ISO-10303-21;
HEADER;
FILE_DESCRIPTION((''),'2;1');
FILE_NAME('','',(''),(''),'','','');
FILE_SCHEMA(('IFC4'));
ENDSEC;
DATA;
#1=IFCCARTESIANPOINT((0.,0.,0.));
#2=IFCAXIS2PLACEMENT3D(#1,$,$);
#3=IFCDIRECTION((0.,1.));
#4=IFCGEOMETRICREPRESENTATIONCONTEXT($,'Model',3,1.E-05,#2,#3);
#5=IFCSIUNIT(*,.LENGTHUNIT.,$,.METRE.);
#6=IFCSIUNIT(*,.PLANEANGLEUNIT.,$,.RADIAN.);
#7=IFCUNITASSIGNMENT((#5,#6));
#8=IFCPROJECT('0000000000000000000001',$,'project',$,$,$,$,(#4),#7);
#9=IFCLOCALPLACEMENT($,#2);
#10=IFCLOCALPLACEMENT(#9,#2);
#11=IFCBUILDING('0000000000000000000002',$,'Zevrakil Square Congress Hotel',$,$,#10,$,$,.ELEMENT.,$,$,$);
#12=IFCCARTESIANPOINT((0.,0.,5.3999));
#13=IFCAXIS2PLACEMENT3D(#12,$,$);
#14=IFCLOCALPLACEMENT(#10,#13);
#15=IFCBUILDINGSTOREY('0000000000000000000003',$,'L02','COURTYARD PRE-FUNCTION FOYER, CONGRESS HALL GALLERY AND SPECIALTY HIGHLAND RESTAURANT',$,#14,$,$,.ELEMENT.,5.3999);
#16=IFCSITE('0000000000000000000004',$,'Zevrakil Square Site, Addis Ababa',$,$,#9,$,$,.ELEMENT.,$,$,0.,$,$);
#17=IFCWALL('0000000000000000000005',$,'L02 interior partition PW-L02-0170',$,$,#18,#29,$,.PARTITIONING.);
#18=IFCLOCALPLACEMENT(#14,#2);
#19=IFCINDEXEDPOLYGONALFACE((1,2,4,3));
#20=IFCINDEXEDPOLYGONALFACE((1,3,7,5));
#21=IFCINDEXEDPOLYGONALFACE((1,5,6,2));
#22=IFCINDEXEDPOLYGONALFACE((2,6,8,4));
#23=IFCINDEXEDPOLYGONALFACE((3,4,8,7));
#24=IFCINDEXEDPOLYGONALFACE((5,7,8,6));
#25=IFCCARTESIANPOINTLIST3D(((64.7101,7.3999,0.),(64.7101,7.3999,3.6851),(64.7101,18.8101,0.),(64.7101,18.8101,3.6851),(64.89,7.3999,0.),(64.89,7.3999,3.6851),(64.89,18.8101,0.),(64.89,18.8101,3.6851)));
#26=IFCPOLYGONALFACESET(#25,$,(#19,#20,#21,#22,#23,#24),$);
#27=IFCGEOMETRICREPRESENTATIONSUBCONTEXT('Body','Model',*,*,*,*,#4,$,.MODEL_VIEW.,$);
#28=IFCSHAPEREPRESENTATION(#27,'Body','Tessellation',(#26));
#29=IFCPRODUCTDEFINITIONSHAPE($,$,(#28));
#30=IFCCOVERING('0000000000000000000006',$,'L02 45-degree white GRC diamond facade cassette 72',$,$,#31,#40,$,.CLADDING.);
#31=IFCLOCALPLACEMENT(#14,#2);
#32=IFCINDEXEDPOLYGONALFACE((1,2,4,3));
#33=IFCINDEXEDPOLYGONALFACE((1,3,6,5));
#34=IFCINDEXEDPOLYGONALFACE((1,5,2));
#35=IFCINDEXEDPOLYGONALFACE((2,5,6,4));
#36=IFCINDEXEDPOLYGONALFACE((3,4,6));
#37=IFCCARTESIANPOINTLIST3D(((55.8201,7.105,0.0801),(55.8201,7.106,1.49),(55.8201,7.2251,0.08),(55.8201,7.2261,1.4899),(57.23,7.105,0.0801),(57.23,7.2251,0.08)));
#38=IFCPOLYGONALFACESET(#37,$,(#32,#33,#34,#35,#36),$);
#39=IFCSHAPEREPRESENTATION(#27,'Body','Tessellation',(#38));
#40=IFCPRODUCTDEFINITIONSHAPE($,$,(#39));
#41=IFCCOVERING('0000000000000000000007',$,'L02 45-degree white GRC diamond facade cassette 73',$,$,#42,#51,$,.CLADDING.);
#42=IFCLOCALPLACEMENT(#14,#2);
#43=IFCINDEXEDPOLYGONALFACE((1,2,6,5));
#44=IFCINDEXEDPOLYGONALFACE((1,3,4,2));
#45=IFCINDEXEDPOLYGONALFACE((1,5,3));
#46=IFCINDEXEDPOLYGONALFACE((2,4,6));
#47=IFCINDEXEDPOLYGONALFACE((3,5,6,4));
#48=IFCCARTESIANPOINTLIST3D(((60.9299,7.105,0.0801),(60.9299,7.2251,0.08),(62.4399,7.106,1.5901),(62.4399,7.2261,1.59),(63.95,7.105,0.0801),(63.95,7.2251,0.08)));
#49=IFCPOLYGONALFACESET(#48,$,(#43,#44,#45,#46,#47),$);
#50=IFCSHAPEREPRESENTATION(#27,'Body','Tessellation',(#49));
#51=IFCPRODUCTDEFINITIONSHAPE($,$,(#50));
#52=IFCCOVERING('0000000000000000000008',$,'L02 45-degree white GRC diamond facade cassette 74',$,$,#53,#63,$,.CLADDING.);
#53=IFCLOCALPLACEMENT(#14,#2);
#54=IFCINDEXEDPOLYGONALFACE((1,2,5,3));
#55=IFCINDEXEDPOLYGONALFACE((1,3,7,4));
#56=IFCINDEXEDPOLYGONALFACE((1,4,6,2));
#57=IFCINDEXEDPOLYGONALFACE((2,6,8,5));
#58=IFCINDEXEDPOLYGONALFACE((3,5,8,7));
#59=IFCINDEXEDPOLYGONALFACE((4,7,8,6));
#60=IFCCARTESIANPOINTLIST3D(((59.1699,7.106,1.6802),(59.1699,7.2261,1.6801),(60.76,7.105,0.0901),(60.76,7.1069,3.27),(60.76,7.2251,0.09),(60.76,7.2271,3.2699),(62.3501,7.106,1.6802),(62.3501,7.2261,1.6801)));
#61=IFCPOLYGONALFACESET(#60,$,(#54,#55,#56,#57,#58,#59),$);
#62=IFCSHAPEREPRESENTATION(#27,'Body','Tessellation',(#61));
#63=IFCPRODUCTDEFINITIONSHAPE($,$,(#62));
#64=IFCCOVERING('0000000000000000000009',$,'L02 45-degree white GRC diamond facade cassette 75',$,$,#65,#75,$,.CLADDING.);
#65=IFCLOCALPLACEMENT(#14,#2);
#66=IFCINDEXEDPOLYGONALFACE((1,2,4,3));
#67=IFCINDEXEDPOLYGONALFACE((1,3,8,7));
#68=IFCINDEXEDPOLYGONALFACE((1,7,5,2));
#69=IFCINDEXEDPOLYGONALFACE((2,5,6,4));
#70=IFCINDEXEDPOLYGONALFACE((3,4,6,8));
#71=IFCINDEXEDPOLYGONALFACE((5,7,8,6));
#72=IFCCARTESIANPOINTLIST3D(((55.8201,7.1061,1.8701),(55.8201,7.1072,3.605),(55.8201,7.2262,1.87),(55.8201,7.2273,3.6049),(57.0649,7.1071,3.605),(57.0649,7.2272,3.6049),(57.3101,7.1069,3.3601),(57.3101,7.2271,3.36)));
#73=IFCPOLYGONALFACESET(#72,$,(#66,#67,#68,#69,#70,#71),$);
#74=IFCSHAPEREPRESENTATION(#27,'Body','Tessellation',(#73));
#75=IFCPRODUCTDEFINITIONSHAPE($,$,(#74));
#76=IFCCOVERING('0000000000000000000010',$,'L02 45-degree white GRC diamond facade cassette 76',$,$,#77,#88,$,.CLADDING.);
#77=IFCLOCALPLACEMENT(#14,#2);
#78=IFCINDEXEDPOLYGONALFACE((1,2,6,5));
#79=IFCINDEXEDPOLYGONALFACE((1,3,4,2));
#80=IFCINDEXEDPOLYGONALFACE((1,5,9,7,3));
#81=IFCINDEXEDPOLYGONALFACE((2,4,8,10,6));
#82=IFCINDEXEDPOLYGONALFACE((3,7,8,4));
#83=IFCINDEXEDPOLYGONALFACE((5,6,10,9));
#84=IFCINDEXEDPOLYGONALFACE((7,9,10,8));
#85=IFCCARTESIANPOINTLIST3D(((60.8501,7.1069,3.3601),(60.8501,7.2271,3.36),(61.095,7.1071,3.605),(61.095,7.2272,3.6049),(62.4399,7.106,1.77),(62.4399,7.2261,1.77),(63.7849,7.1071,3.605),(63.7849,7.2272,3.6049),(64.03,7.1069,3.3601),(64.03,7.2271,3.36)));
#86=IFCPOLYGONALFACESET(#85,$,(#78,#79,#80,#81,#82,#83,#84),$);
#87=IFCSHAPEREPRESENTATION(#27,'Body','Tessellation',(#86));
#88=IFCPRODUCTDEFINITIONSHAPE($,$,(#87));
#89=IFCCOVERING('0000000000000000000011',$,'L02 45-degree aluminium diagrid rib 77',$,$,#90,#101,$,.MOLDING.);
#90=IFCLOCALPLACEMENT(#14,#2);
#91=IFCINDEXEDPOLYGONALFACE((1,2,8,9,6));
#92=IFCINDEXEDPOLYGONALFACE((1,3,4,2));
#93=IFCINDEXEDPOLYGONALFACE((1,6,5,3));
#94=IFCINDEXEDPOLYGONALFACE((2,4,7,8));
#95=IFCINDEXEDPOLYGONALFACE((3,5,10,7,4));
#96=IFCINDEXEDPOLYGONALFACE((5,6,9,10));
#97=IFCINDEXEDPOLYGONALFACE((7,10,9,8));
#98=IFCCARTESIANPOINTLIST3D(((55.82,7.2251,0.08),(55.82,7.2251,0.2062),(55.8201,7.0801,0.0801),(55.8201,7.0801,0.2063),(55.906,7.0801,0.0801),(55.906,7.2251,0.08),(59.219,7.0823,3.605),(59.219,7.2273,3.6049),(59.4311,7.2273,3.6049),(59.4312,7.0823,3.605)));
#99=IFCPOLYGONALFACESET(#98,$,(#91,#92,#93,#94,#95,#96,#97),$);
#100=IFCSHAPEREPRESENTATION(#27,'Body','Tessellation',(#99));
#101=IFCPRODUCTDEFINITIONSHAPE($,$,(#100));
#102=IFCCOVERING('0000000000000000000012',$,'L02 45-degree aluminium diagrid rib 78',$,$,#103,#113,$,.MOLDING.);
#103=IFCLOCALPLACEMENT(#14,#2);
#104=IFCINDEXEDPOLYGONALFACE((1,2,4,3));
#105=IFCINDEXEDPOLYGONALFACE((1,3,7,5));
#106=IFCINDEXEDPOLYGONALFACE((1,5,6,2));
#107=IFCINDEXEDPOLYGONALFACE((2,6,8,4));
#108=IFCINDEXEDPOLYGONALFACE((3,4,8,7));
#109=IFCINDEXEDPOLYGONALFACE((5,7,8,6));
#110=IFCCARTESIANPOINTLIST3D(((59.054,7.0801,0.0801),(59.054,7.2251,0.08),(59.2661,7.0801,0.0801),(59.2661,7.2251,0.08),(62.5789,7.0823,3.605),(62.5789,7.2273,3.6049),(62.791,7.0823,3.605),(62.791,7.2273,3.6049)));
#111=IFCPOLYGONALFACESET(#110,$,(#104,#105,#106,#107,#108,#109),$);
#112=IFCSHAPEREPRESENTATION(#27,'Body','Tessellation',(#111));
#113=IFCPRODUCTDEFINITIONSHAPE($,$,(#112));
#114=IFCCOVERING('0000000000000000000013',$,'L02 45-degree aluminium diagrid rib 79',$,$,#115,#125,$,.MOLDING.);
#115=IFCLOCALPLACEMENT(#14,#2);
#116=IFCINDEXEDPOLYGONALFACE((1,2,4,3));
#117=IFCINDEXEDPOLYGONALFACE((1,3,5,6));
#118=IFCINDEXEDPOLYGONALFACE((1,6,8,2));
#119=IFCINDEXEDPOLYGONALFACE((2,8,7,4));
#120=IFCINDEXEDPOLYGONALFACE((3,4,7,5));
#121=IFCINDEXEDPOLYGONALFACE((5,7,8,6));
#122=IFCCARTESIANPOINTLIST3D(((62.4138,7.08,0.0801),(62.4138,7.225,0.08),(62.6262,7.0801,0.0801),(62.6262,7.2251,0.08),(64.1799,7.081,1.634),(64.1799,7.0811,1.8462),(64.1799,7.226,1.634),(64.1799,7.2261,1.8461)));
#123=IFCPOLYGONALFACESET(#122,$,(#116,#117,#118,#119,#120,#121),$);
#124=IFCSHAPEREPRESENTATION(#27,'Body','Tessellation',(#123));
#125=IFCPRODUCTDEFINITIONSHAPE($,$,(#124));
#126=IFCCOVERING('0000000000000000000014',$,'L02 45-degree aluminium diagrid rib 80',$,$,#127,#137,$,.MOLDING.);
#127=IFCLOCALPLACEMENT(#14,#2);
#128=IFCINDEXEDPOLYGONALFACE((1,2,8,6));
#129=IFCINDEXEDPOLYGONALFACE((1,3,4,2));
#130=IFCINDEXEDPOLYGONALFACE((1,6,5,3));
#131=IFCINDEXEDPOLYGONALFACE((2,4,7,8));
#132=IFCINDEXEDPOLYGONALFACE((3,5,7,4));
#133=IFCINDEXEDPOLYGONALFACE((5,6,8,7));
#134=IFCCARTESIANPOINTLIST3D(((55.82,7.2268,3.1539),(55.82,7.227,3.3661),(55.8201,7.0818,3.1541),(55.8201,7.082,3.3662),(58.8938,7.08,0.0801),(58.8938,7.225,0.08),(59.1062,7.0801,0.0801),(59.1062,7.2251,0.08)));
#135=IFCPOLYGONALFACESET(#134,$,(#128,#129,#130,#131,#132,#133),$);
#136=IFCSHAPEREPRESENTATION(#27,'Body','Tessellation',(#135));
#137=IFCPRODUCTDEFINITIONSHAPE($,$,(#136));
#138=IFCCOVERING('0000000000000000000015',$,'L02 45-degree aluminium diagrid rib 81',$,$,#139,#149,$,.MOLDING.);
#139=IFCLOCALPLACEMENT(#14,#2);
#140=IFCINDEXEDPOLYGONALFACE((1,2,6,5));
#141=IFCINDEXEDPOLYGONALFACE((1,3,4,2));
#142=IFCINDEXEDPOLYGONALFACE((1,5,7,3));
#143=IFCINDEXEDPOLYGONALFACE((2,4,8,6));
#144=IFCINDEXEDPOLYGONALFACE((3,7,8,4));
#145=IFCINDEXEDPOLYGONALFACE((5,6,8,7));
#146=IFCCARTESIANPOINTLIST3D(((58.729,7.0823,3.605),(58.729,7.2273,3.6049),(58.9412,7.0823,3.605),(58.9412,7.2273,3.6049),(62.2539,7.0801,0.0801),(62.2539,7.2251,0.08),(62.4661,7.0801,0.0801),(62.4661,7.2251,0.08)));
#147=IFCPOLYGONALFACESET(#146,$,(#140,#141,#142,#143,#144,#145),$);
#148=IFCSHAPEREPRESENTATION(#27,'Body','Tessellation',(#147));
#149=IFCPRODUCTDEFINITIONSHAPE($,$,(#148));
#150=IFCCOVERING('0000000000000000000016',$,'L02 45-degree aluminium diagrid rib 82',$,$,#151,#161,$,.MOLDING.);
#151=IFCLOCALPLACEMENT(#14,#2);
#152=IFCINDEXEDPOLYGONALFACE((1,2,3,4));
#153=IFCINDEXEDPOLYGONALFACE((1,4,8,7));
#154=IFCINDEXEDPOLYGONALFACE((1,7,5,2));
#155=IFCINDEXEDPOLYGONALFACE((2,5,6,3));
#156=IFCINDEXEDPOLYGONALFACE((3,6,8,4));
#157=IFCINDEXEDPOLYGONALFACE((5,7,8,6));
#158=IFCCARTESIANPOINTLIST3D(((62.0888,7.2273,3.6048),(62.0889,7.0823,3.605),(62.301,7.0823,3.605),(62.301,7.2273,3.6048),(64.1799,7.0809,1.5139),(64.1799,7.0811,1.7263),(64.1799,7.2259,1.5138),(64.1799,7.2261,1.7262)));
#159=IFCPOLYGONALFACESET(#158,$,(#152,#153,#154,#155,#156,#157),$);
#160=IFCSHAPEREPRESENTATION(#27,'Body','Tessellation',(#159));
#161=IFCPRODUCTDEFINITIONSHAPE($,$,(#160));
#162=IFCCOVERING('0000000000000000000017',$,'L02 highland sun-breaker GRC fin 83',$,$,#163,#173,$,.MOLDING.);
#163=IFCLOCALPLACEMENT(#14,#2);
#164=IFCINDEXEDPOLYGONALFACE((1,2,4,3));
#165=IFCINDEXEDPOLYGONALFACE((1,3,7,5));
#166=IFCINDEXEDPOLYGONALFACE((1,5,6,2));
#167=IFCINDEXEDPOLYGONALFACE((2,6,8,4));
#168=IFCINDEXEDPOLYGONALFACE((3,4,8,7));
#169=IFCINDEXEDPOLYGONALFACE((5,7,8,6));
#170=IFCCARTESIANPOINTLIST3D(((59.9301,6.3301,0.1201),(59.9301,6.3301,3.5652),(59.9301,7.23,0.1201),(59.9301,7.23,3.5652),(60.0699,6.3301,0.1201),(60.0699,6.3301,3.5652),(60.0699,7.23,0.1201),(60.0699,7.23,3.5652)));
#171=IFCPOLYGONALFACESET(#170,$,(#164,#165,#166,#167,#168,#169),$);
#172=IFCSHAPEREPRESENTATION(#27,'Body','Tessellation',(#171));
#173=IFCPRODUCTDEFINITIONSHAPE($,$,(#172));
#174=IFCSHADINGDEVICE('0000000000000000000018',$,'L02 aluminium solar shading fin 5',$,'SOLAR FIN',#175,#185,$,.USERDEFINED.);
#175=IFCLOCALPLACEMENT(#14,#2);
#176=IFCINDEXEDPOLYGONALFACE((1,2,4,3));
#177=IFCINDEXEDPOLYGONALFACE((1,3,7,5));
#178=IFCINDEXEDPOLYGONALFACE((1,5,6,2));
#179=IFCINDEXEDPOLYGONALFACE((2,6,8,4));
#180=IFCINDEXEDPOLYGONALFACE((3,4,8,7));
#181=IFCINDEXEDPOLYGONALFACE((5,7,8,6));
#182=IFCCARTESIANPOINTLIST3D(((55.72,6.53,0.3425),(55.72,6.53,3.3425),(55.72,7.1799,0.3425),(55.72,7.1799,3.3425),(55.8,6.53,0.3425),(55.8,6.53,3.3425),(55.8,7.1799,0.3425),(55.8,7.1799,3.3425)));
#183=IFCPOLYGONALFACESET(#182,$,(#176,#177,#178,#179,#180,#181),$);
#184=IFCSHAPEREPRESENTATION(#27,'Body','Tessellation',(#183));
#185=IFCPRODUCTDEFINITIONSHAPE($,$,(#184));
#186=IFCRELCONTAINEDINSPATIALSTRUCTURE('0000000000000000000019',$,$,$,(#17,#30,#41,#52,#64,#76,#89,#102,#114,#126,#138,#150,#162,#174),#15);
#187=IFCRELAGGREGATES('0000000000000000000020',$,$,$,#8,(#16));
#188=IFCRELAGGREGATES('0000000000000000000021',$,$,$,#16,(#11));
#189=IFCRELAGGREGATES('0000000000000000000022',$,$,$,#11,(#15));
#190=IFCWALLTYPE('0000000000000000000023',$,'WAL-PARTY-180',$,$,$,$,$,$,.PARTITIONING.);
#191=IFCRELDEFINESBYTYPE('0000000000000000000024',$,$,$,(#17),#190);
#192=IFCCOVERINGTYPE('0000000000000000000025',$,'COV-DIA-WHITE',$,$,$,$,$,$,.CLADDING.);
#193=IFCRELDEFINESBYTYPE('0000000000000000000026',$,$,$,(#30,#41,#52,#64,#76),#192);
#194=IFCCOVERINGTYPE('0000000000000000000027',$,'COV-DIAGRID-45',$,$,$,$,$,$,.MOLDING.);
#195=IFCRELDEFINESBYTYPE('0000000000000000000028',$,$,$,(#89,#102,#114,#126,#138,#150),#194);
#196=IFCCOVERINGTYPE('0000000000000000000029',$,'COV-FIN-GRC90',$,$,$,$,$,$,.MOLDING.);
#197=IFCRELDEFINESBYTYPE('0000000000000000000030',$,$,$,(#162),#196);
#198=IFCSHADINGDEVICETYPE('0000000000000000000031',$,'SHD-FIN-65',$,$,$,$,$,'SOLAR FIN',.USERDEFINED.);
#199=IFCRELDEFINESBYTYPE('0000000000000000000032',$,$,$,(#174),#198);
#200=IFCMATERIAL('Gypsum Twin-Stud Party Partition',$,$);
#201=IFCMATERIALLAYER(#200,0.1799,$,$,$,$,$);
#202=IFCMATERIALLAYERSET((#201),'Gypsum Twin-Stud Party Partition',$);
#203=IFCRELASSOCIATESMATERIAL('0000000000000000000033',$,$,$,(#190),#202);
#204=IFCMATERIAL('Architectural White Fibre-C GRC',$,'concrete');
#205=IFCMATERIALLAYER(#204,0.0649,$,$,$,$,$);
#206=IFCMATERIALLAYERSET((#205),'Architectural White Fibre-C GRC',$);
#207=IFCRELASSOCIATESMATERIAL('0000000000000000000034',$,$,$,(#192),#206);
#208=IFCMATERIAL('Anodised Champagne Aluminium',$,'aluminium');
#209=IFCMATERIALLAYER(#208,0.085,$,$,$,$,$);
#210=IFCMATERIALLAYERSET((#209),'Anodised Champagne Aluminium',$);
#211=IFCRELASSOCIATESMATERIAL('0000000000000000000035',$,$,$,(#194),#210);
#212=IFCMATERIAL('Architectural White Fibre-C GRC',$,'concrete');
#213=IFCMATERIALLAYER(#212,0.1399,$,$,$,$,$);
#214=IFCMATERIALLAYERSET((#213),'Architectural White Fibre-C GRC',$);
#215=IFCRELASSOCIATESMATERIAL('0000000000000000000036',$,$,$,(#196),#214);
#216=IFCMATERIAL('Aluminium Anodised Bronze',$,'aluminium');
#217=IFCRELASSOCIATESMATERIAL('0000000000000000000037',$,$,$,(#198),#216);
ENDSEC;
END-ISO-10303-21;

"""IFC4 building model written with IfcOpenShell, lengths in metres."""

from ifc_helpers import new_model, si_unit, direction, frame, frame_2d, origin, origin_2d, place, context, subcontext, project, spatial, polyline, rectangle, outline, extrude, material, layer, layer_set, type_object, element, save


model = new_model("IFC4")

# Units and contexts
model_context = context("Model", 3, precision=1e-05, world=origin(), true_north=direction((0.0, 1.0)))
body_context = subcontext(model_context, "Body", "Model", "MODEL_VIEW")
ifc_project = project(units=[si_unit("LENGTHUNIT", "METRE"), si_unit("PLANEANGLEUNIT", "RADIAN")], contexts=[model_context])

# Site, building, storey
site_placement = place(None, origin())
site = spatial("IfcSite", under=ifc_project, at=site_placement, Name="Zevrakil Square Site, Addis Ababa", CompositionType="ELEMENT", RefElevation=0.0)
building_placement = place(site_placement, origin())
building = spatial("IfcBuilding", under=site, at=building_placement, Name="Zevrakil Square Congress Hotel", CompositionType="ELEMENT")
storey_placement = place(building_placement, frame((0.0, 0.0, 5.3999)))
storey = spatial("IfcBuildingStorey", under=building, at=storey_placement, Name="L02", Description="COURTYARD PRE-FUNCTION FOYER, CONGRESS HALL GALLERY AND SPECIALTY HIGHLAND RESTAURANT", CompositionType="ELEMENT", Elevation=5.3999)

# Wall
ifc_material_1 = material(Name="Gypsum Twin-Stud Party Partition")
ifc_layer_1 = layer(ifc_material_1, 0.1799)
ifc_layer_set_1 = layer_set([ifc_layer_1], Name="Gypsum Twin-Stud Party Partition")
wall_type = type_object("IfcWallType", Name="WAL-PARTY-180", PredefinedType="PARTITIONING", material=ifc_layer_set_1)
for number, where, z_axis, x_axis, name in (
    (1, (64.8, 7.3999, 0.0), (0.0, 0.0, 1.0), (0.0, 1.0, 0.0), "L02 interior partition PW-L02-0170"),
):
    element("IfcWall", number, at=place(storey_placement, frame(where, z_axis=z_axis, x_axis=x_axis)), inside=storey, type_object=wall_type, Name=name, PredefinedType="PARTITIONING", context=body_context, shape_type="SweptSolid", body=[
        extrude(rectangle(XDim=11.4102, YDim=0.1799, at=frame_2d((5.7051, 0.0))), origin(), (0.0, 0.0, 1.0), 3.6851),
    ])

# Coverings
ifc_material_2 = material(Name="Architectural White Fibre-C GRC", Category="concrete")
ifc_layer_2 = layer(ifc_material_2, 0.0649)
ifc_layer_set_2 = layer_set([ifc_layer_2], Name="Architectural White Fibre-C GRC")
covering_type_1 = type_object("IfcCoveringType", Name="COV-DIA-WHITE", PredefinedType="CLADDING", material=ifc_layer_set_2)
covering_1_placement = place(storey_placement, frame((57.23, 7.105, 0.0801), z_axis=(0.0, -1.0, 0.000693), x_axis=(-1.0, 0.0, 0.0)))
element("IfcCovering", 2, at=covering_1_placement, inside=storey, type_object=covering_type_1, Name="L02 45-degree white GRC diamond facade cassette 72", PredefinedType="CLADDING", context=body_context, shape_type="SweptSolid", body=[
    extrude(outline(polyline([(0.0, 0.0), (1.4099, 0.0), (1.4099, -1.4099), (0.0, 0.0)])), origin(), (0.0, 0.0, -1.0), 0.1201),
])
covering_2_placement = place(storey_placement, frame((62.4399, 7.106, 1.5901), z_axis=(0.0, -1.0, 0.000647), x_axis=(0.707107, -0.000457, -0.707107)))
element("IfcCovering", 3, at=covering_2_placement, inside=storey, type_object=covering_type_1, Name="L02 45-degree white GRC diamond facade cassette 73", PredefinedType="CLADDING", context=body_context, shape_type="SweptSolid", body=[
    extrude(outline(polyline([(0.0, 0.0), (2.1355, 0.0), (0.0, -2.1355), (0.0, 0.0)])), origin(), (0.0, 0.0, -1.0), 0.1201),
])
covering_3_placement = place(storey_placement, frame((60.76, 7.1069, 3.27), z_axis=(0.0, -1.0, 0.000614), x_axis=(0.707161, -0.000434, -0.707052)))
element("IfcCovering", 4, at=covering_3_placement, inside=storey, type_object=covering_type_1, Name="L02 45-degree white GRC diamond facade cassette 74", PredefinedType="CLADDING", context=body_context, shape_type="SweptSolid", body=[
    extrude(outline(polyline([(0.0, 0.0), (2.2486, 0.0), (2.2484, -2.2487), (-0.0003, -2.2486), (0.0, 0.0)])), origin(), (0.0, 0.0, -1.0), 0.1201),
])
covering_4_placement = place(storey_placement, frame((57.3101, 7.1069, 3.3601), z_axis=(-0.000064, -1.0, 0.000609), x_axis=(-0.707107, -0.000385, -0.707107)))
element("IfcCovering", 5, at=covering_4_placement, inside=storey, type_object=covering_type_1, Name="L02 45-degree white GRC diamond facade cassette 75", PredefinedType="CLADDING", context=body_context, shape_type="SweptSolid", body=[
    extrude(outline(polyline([(0.0, 0.0), (2.1072, 0.0), (0.8804, -1.2267), (0.0002, -0.3465), (0.0, 0.0)])), origin(), (0.0, 0.0, -1.0), 0.1201),
])
covering_5_placement = place(storey_placement, frame((64.03, 7.1069, 3.3601), z_axis=(0.0, -1.0, 0.000579), x_axis=(-0.707107, -0.00041, -0.707107)))
element("IfcCovering", 6, at=covering_5_placement, inside=storey, type_object=covering_type_1, Name="L02 45-degree white GRC diamond facade cassette 76", PredefinedType="CLADDING", context=body_context, shape_type="SweptSolid", body=[
    extrude(outline(polyline([(0.0, 0.0), (2.2487, 0.0), (2.2486, -2.2486), (1.9022, -2.2486), (0.0002, -0.3465), (0.0, 0.0)])), origin(), (0.0, 0.0, -1.0), 0.1201),
])
ifc_material_3 = material(Name="Anodised Champagne Aluminium", Category="aluminium")
ifc_layer_3 = layer(ifc_material_3, 0.085)
ifc_layer_set_3 = layer_set([ifc_layer_3], Name="Anodised Champagne Aluminium")
covering_type_2 = type_object("IfcCoveringType", Name="COV-DIAGRID-45", PredefinedType="MOLDING", material=ifc_layer_set_3)
covering_6_placement = place(storey_placement, frame((55.906, 7.0801, 0.0801), z_axis=(0.000187, -1.0, 0.000443), x_axis=(-1.0, -0.000187, 0.0)))
element("IfcCovering", 7, at=covering_6_placement, inside=storey, type_object=covering_type_2, Name="L02 45-degree aluminium diagrid rib 77", PredefinedType="MOLDING", context=body_context, shape_type="SweptSolid", body=[
    extrude(outline(polyline([(0.0, 0.0), (0.0859, 0.0), (0.0859, -0.1262), (-3.313, -3.5249), (-3.5251, -3.5249), (0.0, 0.0)])), origin(), (0.0, 0.0, -1.0), 0.145),
])
covering_7_placement = place(storey_placement, frame((59.2661, 7.0801, 0.0801), z_axis=(0.0, -1.0, 0.000623), x_axis=(-1.0, 0.0, 0.0)))
element("IfcCovering", 8, at=covering_7_placement, inside=storey, type_object=covering_type_2, Name="L02 45-degree aluminium diagrid rib 78", PredefinedType="MOLDING", context=body_context, shape_type="SweptSolid", body=[
    extrude(outline(polyline([(0.0, 0.0), (0.2122, 0.0), (-3.3127, -3.5249), (-3.5249, -3.5249), (0.0, 0.0)])), origin(), (0.0, 0.0, -1.0), 0.145),
])
covering_8_placement = place(storey_placement, frame((62.6262, 7.0801, 0.0801), z_axis=(0.000294, -1.0, 0.000294), x_axis=(-1.0, -0.000294, 0.0)))
element("IfcCovering", 9, at=covering_8_placement, inside=storey, type_object=covering_type_2, Name="L02 45-degree aluminium diagrid rib 79", PredefinedType="MOLDING", context=body_context, shape_type="SweptSolid", body=[
    extrude(outline(polyline([(0.0, 0.0), (0.2124, 0.0), (-1.5537, -1.7661), (-1.5537, -1.554), (0.0, 0.0)])), origin(), (0.0, 0.0, -1.0), 0.145),
])
covering_9_placement = place(storey_placement, frame((55.8201, 7.0818, 3.1541), z_axis=(0.000287, -1.0, 0.000863), x_axis=(0.0, 0.000863, 1.0)))
element("IfcCovering", 10, at=covering_9_placement, inside=storey, type_object=covering_type_2, Name="L02 45-degree aluminium diagrid rib 80", PredefinedType="MOLDING", context=body_context, shape_type="SweptSolid", body=[
    extrude(outline(polyline([(0.0, 0.0), (0.2122, 0.0), (-3.074, -3.2861), (-3.074, -3.0737), (0.0, 0.0)])), origin(), (0.0, 0.0, -1.0), 0.145),
])
covering_10_placement = place(storey_placement, frame((58.729, 7.0823, 3.605), z_axis=(0.0, -1.0, 0.000623), x_axis=(1.0, 0.0, 0.0)))
element("IfcCovering", 11, at=covering_10_placement, inside=storey, type_object=covering_type_2, Name="L02 45-degree aluminium diagrid rib 81", PredefinedType="MOLDING", context=body_context, shape_type="SweptSolid", body=[
    extrude(outline(polyline([(0.0, 0.0), (0.2122, 0.0), (3.7371, -3.5249), (3.5249, -3.5249), (0.0, 0.0)])), origin(), (0.0, 0.0, -1.0), 0.145),
])
covering_11_placement = place(storey_placement, frame((62.0889, 7.0823, 3.605), z_axis=(0.000237, -1.0, 0.000913), x_axis=(1.0, 0.000237, 0.0)))
element("IfcCovering", 12, at=covering_11_placement, inside=storey, type_object=covering_type_2, Name="L02 45-degree aluminium diagrid rib 82", PredefinedType="MOLDING", context=body_context, shape_type="SweptSolid", body=[
    extrude(outline(polyline([(0.0, 0.0), (0.2122, 0.0), (2.0911, -1.8787), (2.0911, -2.0911), (0.0, 0.0)])), origin(), (0.0, 0.0, -1.0), 0.145),
])
ifc_material_4 = material(Name="Architectural White Fibre-C GRC", Category="concrete")
ifc_layer_4 = layer(ifc_material_4, 0.1399)
ifc_layer_set_4 = layer_set([ifc_layer_4], Name="Architectural White Fibre-C GRC")
covering_type_3 = type_object("IfcCoveringType", Name="COV-FIN-GRC90", PredefinedType="MOLDING", material=ifc_layer_set_4)
covering_12_placement = place(storey_placement, frame((60.0, 6.78, 0.1201), z_axis=(0.0, 0.0, 1.0), x_axis=(0.0, -1.0, 0.0)))
element("IfcCovering", 13, at=covering_12_placement, inside=storey, type_object=covering_type_3, Name="L02 highland sun-breaker GRC fin 83", PredefinedType="MOLDING", context=body_context, shape_type="SweptSolid", body=[
    extrude(rectangle(XDim=0.8999, YDim=0.1399, at=origin_2d()), origin(), (0.0, 0.0, 1.0), 3.4451),
])

# Shading device
ifc_material_5 = material(Name="Aluminium Anodised Bronze", Category="aluminium")
shading_device_type = type_object("IfcShadingDeviceType", Name="SHD-FIN-65", ElementType="SOLAR FIN", PredefinedType="USERDEFINED", material=ifc_material_5)
shading_device_placement = place(storey_placement, frame((55.76, 6.855, 0.3425), z_axis=(0.0, 0.0, 1.0), x_axis=(0.0, -1.0, 0.0)))
element("IfcShadingDevice", 14, at=shading_device_placement, inside=storey, type_object=shading_device_type, Name="L02 aluminium solar shading fin 5", ObjectType="SOLAR FIN", PredefinedType="USERDEFINED", context=body_context, shape_type="SweptSolid", body=[
    extrude(rectangle(XDim=0.6499, YDim=0.0801, at=origin_2d()), origin(), (0.0, 0.0, 1.0), 3.0),
])

save(model, "model.ifc")
